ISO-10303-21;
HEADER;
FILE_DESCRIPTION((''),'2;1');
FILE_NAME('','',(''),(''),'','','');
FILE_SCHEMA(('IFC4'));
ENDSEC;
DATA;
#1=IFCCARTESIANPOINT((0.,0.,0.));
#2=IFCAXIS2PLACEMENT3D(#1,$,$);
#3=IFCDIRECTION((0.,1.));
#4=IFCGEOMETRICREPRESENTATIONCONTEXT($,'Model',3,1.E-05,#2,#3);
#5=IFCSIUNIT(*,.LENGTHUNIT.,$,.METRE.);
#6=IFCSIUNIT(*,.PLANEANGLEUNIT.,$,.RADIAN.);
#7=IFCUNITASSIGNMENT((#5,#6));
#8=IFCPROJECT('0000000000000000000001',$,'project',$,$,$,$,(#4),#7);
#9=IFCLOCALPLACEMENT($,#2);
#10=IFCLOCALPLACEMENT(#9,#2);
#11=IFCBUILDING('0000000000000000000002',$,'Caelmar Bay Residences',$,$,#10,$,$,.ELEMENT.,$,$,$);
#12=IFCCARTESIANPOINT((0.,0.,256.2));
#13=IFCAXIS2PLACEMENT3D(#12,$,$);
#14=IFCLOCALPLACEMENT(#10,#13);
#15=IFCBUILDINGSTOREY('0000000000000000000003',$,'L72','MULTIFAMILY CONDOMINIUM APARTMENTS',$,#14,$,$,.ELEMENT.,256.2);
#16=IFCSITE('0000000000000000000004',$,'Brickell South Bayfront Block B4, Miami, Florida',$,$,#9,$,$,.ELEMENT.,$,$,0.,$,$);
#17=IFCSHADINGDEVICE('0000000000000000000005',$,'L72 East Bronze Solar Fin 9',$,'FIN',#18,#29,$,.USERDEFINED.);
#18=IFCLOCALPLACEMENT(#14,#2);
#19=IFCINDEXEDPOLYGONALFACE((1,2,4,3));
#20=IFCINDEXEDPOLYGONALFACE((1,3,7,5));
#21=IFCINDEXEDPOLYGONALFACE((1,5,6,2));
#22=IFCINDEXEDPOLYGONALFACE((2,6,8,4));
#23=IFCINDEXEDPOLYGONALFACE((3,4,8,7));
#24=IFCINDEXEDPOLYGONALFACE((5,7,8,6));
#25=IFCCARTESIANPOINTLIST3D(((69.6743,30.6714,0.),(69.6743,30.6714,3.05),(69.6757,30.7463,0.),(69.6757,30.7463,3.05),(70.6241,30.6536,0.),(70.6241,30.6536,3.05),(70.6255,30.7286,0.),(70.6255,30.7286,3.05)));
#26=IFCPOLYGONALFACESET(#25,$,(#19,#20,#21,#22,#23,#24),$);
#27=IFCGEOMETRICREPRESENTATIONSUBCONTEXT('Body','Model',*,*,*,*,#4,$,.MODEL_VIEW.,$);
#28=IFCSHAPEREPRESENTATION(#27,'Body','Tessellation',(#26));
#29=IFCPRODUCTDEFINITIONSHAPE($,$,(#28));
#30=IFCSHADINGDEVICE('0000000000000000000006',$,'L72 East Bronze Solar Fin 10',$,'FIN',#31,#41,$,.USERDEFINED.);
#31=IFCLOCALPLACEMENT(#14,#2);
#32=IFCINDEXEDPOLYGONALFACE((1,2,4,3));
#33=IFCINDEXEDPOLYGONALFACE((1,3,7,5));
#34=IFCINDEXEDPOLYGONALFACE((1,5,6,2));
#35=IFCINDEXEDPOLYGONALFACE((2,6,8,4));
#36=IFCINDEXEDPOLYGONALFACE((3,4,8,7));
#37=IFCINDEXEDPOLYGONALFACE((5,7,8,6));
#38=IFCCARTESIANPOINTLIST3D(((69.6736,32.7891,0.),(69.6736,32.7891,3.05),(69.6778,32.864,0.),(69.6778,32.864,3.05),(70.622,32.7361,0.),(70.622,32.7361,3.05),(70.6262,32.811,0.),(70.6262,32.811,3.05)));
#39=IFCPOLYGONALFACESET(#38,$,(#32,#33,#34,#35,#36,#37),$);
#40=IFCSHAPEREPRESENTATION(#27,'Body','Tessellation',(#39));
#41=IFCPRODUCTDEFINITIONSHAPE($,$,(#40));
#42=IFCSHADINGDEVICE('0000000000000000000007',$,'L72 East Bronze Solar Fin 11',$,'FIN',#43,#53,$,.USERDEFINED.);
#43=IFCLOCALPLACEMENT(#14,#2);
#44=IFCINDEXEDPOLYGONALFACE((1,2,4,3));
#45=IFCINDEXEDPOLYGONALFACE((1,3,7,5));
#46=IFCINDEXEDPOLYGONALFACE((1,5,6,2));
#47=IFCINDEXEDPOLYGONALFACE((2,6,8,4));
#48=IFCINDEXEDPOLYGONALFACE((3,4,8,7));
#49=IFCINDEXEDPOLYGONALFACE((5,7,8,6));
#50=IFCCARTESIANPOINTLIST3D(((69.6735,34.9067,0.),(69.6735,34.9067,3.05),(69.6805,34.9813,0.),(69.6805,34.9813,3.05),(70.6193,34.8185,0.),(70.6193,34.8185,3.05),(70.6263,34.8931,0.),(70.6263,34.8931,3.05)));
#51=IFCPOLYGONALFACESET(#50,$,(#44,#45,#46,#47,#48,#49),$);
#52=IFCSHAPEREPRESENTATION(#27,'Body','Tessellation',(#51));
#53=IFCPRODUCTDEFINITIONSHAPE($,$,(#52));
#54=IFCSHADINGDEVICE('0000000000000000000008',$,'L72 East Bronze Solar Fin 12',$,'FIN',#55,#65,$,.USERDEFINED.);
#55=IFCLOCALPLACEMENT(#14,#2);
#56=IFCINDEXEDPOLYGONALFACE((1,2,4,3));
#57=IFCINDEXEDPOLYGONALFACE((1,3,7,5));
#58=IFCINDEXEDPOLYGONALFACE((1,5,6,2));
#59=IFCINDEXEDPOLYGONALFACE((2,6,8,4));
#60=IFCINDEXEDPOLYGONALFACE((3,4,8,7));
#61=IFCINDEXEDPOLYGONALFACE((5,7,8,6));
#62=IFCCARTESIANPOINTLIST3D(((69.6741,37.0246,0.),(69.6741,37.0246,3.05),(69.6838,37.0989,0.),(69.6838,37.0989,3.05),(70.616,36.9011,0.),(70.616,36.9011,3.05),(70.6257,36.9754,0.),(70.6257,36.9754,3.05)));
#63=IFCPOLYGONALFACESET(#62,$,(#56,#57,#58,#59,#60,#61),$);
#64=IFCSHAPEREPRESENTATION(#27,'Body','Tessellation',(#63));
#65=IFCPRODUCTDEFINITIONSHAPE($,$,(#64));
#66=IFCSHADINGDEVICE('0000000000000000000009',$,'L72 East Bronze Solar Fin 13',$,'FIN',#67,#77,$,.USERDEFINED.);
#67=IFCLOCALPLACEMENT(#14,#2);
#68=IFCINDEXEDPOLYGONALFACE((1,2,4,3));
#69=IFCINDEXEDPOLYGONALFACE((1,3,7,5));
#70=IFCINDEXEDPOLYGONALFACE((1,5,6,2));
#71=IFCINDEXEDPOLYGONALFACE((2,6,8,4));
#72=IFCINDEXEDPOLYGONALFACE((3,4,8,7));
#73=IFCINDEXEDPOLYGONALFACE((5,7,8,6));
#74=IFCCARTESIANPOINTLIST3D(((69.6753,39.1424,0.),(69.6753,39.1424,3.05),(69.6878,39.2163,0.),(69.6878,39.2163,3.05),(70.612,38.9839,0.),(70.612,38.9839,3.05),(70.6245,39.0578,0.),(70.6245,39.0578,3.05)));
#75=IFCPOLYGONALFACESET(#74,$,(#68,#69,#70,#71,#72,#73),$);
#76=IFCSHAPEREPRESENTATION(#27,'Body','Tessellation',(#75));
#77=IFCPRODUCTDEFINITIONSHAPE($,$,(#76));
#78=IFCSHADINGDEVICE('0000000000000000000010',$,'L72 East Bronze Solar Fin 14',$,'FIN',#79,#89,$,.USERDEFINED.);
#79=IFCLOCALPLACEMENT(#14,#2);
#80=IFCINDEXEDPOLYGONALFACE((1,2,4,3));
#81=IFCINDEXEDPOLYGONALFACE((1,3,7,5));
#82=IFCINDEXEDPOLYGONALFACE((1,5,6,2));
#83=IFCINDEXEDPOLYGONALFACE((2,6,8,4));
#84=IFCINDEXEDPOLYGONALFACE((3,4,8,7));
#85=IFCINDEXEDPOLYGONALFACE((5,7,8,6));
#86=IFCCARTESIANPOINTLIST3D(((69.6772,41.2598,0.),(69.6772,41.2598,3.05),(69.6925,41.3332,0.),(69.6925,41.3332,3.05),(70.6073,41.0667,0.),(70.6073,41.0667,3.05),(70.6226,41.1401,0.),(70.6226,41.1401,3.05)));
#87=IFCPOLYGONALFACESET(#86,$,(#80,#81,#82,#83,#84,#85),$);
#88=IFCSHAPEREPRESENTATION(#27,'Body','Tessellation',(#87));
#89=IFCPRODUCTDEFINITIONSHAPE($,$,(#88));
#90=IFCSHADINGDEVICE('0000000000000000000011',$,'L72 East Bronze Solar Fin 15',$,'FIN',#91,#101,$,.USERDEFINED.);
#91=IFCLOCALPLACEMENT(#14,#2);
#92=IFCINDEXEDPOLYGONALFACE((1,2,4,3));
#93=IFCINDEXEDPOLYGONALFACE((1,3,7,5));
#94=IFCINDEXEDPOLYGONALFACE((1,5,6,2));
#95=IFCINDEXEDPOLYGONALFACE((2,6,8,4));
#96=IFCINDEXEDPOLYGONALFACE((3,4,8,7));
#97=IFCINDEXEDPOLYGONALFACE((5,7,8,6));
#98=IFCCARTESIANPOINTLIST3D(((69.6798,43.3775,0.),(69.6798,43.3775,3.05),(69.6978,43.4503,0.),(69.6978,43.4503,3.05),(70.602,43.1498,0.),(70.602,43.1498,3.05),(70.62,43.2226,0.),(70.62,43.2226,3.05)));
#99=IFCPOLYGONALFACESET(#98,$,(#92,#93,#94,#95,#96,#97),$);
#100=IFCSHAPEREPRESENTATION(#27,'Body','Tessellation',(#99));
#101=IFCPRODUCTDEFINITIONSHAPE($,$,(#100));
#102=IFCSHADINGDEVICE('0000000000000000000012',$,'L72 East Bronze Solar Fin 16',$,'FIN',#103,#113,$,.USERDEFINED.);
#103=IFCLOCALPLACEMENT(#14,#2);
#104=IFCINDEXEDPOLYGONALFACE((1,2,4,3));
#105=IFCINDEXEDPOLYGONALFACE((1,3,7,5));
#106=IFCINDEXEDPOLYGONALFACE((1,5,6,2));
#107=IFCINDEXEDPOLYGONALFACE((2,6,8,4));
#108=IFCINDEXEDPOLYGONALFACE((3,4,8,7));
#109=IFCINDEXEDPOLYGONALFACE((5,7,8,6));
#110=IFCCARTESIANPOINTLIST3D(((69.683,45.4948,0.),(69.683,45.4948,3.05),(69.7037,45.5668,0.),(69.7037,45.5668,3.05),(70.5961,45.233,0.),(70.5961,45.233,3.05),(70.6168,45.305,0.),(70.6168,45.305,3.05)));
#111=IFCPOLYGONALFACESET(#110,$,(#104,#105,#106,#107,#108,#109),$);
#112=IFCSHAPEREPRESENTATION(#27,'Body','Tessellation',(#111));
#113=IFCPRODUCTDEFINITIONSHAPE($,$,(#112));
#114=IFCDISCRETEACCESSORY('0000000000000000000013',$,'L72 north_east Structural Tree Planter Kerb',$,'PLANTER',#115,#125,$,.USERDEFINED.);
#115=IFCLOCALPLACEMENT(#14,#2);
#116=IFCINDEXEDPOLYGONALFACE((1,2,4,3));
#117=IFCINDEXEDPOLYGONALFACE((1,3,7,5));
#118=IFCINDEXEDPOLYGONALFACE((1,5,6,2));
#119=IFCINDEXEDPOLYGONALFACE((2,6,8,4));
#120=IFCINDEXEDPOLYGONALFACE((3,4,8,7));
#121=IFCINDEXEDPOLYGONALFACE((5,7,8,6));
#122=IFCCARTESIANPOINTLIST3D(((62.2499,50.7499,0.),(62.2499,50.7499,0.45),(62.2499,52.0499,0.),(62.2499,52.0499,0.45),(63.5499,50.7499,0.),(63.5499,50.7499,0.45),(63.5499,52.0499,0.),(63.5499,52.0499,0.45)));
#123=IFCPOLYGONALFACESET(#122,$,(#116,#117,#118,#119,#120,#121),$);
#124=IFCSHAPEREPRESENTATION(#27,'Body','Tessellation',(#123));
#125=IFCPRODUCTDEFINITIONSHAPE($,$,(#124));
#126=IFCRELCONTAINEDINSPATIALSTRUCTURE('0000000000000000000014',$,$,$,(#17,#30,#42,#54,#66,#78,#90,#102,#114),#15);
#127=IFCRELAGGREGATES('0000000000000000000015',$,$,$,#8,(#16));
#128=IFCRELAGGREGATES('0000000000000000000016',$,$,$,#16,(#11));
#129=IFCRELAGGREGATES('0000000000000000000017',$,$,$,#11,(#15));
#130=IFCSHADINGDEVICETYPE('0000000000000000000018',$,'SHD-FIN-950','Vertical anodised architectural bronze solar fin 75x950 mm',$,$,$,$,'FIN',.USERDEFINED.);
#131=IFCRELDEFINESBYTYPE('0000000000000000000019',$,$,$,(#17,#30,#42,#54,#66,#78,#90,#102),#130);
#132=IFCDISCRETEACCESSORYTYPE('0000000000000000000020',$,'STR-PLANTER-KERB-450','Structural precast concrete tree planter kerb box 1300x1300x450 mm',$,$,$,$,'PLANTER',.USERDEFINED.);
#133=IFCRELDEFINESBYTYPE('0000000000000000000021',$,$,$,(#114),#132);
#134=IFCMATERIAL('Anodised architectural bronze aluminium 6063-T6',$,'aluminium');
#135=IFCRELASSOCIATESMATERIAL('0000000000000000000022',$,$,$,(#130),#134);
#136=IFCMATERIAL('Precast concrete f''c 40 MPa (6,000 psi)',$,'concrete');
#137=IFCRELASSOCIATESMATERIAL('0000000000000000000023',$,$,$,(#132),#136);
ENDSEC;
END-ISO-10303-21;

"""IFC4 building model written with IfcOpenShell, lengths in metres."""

from ifc_helpers import new_model, si_unit, direction, frame, origin, origin_2d, place, context, subcontext, project, spatial, rectangle, extrude, material, material_profile, profile_set, type_object, element, save


model = new_model("IFC4")

# Units and contexts
model_context = context("Model", 3, precision=1e-05, world=origin(), true_north=direction((0.0, 1.0)))
body_context = subcontext(model_context, "Body", "Model", "MODEL_VIEW")
ifc_project = project(units=[si_unit("LENGTHUNIT", "METRE"), si_unit("PLANEANGLEUNIT", "RADIAN")], contexts=[model_context])

# Site, building, storey
site_placement = place(None, origin())
site = spatial("IfcSite", under=ifc_project, at=site_placement, Name="Brickell South Bayfront Block B4, Miami, Florida", CompositionType="ELEMENT", RefElevation=0.0)
building_placement = place(site_placement, origin())
building = spatial("IfcBuilding", under=site, at=building_placement, Name="Caelmar Bay Residences", CompositionType="ELEMENT")
storey_placement = place(building_placement, frame((0.0, 0.0, 256.2)))
storey = spatial("IfcBuildingStorey", under=building, at=storey_placement, Name="L72", Description="MULTIFAMILY CONDOMINIUM APARTMENTS", CompositionType="ELEMENT", Elevation=256.2)

# Shared definitions
ifc_material_1 = material(Name="Precast concrete f'c 40 MPa (6,000 psi)", Category="concrete")

# Shading devices
ifc_material_2 = material(Name="Anodised architectural bronze aluminium 6063-T6", Category="aluminium")
ifc_material_profile_1 = material_profile(ifc_material_2, rectangle(XDim=0.075, YDim=0.95, at=origin_2d()), Name="BRONZE-FIN-75X950")
ifc_profile_set_1 = profile_set([ifc_material_profile_1], Name="Anodised architectural bronze aluminium 6063-T6")
shading_device_type = type_object("IfcShadingDeviceType", Name="SHD-FIN-950", Description="Vertical anodised architectural bronze solar fin 75x950 mm", ElementType="FIN", PredefinedType="USERDEFINED", material=ifc_profile_set_1)
for number, where, z_axis, x_axis, name in (
    (1, (70.1499, 30.7, 0.0), (0.0, 0.0, 1.0), (0.018674, 0.999826, 0.0), "L72 East Bronze Solar Fin 9"),
    (2, (70.1499, 32.8, 0.0), (0.0, 0.0, 1.0), (0.055822, 0.998441, 0.0), "L72 East Bronze Solar Fin 10"),
    (3, (70.1499, 34.8999, 0.0), (0.0, 0.0, 1.0), (0.092892, 0.995676, 0.0), "L72 East Bronze Solar Fin 11"),
    (4, (70.1499, 37.0, 0.0), (0.0, 0.0, 1.0), (0.130007, 0.991513, 0.0), "L72 East Bronze Solar Fin 12"),
    (5, (70.1499, 39.1001, 0.0), (0.0, 0.0, 1.0), (0.166769, 0.985996, 0.0), "L72 East Bronze Solar Fin 13"),
    (6, (70.1499, 41.2, 0.0), (0.0, 0.0, 1.0), (0.2033, 0.979116, 0.0), "L72 East Bronze Solar Fin 14"),
    (7, (70.1499, 43.3, 0.0), (0.0, 0.0, 1.0), (0.23972, 0.970842, 0.0), "L72 East Bronze Solar Fin 15"),
    (8, (70.1499, 45.3999, 0.0), (0.0, 0.0, 1.0), (0.275637, 0.961262, 0.0), "L72 East Bronze Solar Fin 16"),
):
    element("IfcShadingDevice", number, at=place(storey_placement, frame(where, z_axis=z_axis, x_axis=x_axis)), inside=storey, type_object=shading_device_type, Name=name, ObjectType="FIN", PredefinedType="USERDEFINED", context=body_context, shape_type="SweptSolid", body=[
        extrude(rectangle(XDim=0.075, YDim=0.95, at=origin_2d()), origin(), (0.0, 0.0, 1.0), 3.05),
    ])

# Discrete accessory
discrete_accessory_type = type_object("IfcDiscreteAccessoryType", Name="STR-PLANTER-KERB-450", Description="Structural precast concrete tree planter kerb box 1300x1300x450 mm", ElementType="PLANTER", PredefinedType="USERDEFINED", material=ifc_material_1)
discrete_accessory_placement = place(storey_placement, frame((62.8999, 51.3999, 0.0), z_axis=(0.0, 0.0, 1.0), x_axis=(1.0, 0.0, 0.0)))
element("IfcDiscreteAccessory", 9, at=discrete_accessory_placement, inside=storey, type_object=discrete_accessory_type, Name="L72 north_east Structural Tree Planter Kerb", ObjectType="PLANTER", PredefinedType="USERDEFINED", context=body_context, shape_type="SweptSolid", body=[
    extrude(rectangle(XDim=1.3, YDim=1.3, at=origin_2d()), origin(), (0.0, 0.0, 1.0), 0.45),
])

save(model, "model.ifc")
